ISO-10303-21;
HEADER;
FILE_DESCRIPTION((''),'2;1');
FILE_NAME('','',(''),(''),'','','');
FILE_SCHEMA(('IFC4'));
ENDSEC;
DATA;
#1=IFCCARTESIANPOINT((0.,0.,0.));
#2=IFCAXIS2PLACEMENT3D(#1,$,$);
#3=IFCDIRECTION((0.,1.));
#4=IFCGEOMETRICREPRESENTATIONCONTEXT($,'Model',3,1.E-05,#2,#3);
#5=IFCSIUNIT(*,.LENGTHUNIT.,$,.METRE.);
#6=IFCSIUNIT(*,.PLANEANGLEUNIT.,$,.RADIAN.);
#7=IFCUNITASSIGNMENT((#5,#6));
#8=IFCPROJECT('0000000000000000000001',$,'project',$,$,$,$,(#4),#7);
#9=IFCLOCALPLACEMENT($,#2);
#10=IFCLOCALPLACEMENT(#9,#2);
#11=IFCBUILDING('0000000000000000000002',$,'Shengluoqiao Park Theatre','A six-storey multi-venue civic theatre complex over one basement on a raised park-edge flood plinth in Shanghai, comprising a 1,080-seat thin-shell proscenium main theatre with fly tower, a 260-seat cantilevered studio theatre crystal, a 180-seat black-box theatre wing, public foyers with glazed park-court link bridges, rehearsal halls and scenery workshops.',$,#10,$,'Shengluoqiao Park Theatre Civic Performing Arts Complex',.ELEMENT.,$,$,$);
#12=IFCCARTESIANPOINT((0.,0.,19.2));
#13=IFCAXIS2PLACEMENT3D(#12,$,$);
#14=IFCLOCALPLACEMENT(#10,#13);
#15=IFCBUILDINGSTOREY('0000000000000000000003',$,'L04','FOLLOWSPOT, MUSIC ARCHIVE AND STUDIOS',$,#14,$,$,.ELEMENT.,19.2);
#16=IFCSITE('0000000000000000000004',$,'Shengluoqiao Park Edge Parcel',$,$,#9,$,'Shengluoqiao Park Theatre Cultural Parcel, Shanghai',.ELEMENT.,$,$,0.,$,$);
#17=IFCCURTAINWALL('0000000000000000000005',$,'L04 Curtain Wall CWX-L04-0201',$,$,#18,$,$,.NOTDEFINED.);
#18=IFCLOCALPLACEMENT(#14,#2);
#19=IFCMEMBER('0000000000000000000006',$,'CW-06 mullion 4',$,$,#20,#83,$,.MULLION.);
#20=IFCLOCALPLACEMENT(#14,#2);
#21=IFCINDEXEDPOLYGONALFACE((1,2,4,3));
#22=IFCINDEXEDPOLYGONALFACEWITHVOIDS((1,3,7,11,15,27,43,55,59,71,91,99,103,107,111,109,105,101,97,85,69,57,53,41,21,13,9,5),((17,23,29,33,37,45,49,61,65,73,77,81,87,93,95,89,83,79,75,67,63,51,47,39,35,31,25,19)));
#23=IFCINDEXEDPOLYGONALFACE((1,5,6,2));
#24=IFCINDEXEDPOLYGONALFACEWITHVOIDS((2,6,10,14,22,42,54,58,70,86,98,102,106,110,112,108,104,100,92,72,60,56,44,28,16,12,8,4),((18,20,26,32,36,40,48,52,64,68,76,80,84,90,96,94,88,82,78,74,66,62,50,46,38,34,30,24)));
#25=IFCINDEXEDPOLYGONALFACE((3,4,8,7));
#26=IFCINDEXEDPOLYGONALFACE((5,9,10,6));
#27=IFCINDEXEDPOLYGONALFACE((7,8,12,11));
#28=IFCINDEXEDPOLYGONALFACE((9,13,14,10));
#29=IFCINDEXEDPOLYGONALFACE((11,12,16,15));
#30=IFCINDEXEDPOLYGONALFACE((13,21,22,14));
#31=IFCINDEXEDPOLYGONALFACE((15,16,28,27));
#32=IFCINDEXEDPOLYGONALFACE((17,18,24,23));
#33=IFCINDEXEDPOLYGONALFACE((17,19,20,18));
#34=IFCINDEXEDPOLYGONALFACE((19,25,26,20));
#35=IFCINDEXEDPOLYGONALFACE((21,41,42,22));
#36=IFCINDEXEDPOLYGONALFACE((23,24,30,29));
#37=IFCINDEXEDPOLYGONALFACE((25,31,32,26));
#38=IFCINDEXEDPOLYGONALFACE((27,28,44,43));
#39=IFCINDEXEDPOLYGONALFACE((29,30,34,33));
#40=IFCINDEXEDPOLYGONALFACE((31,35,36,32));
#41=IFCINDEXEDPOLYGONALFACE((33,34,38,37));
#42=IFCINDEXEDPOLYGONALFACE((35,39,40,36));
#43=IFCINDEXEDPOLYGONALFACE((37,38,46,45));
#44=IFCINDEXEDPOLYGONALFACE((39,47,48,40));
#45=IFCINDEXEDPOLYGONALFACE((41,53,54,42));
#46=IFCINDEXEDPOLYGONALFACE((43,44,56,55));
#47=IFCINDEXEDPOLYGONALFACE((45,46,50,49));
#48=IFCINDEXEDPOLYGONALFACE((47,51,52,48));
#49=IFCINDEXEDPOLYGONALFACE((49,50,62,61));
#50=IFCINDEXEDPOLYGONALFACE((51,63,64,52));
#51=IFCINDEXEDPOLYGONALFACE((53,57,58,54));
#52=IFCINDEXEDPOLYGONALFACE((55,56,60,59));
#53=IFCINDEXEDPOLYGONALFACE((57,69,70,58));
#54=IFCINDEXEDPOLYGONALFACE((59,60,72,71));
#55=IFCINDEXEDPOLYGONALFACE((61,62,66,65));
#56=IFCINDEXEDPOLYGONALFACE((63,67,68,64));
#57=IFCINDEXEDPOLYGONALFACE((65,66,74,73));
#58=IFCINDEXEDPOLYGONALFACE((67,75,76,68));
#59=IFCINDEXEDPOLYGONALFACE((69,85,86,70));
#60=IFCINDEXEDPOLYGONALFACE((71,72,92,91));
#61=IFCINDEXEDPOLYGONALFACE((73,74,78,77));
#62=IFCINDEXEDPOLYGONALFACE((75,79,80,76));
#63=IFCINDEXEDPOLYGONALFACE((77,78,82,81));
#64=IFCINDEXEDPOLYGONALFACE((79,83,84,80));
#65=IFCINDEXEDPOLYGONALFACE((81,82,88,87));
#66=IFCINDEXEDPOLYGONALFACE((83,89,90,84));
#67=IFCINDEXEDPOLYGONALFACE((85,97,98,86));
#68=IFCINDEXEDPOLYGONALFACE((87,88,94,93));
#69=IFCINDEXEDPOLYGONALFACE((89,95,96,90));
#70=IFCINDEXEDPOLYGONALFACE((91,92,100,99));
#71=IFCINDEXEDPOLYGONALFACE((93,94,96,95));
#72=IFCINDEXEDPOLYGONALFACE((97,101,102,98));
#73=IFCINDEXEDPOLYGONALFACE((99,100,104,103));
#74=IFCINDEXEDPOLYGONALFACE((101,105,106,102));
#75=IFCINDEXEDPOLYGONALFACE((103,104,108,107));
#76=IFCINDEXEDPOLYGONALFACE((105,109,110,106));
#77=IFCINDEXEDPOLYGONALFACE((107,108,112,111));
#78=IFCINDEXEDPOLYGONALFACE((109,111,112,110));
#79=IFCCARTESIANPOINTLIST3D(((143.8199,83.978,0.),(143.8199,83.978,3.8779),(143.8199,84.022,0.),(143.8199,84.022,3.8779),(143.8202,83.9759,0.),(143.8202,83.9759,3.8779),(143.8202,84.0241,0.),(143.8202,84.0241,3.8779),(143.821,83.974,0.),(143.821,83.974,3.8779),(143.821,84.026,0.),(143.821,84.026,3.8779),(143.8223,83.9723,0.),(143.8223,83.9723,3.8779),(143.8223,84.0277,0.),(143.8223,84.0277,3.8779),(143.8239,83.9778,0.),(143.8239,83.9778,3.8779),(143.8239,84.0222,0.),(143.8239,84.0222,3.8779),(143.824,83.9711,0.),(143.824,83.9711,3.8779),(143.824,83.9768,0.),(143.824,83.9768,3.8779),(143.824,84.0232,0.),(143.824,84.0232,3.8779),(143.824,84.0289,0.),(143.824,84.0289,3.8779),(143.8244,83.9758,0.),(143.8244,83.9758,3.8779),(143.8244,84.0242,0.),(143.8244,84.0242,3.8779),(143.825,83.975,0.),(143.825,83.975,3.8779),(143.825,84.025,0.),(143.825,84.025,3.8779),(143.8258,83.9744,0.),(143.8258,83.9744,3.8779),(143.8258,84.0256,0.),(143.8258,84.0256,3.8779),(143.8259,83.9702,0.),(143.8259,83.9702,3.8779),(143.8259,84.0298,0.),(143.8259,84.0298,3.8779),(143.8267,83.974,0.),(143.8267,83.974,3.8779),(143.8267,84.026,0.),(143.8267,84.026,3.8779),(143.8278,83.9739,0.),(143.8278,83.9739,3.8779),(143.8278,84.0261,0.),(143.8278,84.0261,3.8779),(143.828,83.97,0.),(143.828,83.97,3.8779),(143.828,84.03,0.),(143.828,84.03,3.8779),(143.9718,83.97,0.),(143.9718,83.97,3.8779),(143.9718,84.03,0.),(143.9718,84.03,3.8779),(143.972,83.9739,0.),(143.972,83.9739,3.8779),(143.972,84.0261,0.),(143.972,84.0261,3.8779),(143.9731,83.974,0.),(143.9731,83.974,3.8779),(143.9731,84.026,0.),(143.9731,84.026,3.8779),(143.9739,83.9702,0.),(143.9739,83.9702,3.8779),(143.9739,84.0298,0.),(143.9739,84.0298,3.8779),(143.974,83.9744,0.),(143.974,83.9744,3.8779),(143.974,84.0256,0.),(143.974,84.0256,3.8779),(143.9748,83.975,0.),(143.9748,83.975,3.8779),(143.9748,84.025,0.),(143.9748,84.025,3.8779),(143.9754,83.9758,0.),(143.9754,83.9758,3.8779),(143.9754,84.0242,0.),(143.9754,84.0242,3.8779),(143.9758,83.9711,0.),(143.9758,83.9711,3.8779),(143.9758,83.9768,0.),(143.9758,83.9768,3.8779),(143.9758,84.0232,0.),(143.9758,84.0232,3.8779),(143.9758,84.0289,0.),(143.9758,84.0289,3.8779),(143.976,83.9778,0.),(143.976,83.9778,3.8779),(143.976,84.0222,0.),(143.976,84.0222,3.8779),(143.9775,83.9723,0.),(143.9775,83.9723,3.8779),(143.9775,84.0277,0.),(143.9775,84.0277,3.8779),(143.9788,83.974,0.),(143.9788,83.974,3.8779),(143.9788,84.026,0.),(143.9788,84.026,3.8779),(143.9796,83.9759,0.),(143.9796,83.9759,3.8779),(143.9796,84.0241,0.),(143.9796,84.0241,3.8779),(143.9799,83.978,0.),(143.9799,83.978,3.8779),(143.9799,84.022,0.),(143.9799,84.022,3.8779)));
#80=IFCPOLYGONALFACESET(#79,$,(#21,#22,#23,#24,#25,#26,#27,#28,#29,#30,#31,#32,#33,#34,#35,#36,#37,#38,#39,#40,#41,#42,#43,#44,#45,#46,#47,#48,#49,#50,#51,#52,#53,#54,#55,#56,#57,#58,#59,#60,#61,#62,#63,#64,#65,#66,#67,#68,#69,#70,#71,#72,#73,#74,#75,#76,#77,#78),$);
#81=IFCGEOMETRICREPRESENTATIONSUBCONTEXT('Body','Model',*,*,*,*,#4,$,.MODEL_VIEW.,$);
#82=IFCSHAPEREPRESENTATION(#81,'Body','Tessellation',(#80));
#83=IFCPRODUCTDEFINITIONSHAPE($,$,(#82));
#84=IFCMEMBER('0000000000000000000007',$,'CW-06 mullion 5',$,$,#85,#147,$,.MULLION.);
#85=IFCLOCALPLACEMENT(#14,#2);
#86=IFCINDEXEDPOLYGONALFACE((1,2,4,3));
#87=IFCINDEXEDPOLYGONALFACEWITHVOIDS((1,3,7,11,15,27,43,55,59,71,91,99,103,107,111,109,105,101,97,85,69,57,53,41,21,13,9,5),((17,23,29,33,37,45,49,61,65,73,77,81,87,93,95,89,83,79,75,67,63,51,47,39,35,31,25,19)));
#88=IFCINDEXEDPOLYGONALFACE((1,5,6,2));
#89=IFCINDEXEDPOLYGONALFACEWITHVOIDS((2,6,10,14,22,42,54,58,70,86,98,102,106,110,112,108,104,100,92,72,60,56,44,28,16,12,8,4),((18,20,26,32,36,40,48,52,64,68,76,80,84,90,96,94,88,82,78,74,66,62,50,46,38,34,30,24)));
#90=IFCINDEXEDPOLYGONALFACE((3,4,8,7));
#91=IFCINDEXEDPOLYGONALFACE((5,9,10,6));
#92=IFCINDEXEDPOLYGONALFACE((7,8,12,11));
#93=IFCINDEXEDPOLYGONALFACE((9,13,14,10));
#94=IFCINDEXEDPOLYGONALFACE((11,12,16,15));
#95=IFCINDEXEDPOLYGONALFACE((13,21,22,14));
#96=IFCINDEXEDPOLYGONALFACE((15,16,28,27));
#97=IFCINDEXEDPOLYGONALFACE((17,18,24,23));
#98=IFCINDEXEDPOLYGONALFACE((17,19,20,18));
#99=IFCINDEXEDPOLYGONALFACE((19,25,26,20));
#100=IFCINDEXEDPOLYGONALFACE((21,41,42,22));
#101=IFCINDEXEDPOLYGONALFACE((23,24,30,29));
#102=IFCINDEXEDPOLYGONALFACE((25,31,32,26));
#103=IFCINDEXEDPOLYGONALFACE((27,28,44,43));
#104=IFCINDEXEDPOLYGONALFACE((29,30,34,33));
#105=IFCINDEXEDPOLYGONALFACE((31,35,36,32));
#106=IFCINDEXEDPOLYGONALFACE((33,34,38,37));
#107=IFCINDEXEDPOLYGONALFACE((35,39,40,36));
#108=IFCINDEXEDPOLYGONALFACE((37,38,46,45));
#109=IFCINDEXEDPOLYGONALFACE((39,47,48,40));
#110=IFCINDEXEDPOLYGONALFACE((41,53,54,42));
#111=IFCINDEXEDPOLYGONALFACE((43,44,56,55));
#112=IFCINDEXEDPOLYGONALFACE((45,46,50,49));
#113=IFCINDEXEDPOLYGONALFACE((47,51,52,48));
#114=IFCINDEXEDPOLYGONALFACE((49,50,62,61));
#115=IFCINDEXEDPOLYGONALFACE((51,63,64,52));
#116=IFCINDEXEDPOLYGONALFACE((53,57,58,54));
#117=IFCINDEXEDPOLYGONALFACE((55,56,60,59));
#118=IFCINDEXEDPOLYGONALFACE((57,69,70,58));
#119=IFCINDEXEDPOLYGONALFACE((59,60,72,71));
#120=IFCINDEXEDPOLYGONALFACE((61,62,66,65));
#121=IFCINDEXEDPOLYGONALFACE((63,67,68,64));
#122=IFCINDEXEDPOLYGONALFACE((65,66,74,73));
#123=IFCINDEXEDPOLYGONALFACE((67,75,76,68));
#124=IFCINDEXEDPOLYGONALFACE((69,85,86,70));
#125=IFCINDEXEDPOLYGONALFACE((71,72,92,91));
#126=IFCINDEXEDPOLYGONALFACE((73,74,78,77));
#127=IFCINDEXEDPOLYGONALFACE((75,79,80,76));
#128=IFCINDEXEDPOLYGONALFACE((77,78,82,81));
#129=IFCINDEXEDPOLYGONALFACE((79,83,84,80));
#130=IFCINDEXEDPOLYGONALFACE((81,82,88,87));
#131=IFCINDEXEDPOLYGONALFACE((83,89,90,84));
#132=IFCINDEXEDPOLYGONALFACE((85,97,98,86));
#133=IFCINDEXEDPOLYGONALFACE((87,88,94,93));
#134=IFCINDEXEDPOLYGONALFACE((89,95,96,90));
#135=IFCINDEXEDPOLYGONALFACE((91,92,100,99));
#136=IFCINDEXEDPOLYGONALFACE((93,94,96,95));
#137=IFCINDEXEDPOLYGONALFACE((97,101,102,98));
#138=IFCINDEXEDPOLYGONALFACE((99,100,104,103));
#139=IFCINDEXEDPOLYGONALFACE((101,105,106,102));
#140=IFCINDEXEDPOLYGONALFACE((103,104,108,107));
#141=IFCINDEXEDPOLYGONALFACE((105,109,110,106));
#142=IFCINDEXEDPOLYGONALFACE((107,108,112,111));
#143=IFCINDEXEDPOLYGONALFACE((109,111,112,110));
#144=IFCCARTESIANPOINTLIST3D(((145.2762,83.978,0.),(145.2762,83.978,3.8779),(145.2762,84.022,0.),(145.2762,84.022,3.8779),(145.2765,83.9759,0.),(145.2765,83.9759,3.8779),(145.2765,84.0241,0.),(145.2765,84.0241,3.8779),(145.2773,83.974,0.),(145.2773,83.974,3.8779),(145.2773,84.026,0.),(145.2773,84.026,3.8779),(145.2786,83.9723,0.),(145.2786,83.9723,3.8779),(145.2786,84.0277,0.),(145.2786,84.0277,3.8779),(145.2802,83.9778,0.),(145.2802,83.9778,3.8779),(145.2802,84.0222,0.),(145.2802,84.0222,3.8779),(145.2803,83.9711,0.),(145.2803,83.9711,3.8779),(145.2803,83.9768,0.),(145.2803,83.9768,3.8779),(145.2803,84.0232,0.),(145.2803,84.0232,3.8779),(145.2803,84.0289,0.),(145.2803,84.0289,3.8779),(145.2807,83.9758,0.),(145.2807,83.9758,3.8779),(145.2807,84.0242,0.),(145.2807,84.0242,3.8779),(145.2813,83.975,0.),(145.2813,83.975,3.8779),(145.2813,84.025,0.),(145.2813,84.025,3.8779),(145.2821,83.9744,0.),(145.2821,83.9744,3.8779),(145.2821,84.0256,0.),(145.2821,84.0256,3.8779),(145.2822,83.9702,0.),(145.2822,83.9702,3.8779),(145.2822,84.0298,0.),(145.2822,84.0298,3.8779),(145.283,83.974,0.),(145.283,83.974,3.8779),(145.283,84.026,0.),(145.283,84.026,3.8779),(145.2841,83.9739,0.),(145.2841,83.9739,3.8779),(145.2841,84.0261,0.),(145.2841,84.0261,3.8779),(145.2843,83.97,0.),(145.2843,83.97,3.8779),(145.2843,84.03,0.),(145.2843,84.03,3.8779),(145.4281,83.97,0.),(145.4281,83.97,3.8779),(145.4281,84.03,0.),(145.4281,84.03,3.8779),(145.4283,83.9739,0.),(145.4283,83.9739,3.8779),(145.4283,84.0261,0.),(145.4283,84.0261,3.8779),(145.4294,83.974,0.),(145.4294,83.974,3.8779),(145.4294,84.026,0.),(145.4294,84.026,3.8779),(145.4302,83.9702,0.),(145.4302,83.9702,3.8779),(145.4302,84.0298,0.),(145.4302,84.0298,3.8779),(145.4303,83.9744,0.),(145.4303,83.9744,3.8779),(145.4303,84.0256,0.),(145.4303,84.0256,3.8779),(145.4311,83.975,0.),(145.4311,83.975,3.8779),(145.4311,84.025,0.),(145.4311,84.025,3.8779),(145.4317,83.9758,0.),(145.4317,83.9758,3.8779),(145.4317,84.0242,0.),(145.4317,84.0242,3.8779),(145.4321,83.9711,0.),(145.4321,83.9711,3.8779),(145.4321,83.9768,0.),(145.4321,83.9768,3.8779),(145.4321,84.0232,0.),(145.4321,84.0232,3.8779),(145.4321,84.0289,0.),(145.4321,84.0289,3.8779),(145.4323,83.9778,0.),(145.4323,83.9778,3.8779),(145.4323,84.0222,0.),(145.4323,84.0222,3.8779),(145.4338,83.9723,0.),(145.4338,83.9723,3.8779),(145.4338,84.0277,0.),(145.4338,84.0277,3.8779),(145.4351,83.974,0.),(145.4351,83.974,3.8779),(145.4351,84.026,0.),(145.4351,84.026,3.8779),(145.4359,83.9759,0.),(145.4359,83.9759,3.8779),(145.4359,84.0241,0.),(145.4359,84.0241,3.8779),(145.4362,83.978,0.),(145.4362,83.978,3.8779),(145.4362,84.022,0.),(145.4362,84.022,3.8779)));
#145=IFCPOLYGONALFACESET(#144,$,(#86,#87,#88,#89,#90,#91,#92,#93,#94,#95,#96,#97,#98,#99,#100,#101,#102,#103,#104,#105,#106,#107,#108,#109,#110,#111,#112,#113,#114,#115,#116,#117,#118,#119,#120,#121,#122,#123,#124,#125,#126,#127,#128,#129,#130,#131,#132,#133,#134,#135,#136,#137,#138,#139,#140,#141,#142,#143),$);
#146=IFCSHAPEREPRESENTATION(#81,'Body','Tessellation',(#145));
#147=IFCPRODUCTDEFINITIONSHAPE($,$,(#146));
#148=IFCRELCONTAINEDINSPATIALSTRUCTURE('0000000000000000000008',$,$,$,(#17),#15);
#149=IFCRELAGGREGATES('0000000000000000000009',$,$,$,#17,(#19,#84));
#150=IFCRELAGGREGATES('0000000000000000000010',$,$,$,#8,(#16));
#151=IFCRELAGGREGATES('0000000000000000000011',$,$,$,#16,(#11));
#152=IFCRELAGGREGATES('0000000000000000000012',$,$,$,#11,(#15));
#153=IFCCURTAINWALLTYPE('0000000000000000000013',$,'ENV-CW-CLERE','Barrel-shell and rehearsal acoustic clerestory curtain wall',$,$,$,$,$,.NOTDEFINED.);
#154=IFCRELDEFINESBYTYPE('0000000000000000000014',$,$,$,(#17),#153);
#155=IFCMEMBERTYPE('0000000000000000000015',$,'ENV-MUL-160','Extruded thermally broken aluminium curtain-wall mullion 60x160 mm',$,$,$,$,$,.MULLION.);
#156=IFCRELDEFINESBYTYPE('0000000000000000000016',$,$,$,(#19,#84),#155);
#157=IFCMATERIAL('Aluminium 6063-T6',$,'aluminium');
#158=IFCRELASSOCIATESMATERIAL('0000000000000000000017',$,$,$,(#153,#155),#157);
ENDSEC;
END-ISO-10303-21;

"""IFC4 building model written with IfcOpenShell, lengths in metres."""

from ifc_helpers import new_model, si_unit, direction, frame, origin, origin_2d, place, context, subcontext, project, spatial, hollow_rectangle, extrude, material, material_profile, profile_set, type_object, element, aggregate, save


model = new_model("IFC4")

# Units and contexts
model_context = context("Model", 3, precision=1e-05, world=origin(), true_north=direction((0.0, 1.0)))
body_context = subcontext(model_context, "Body", "Model", "MODEL_VIEW")
ifc_project = project(units=[si_unit("LENGTHUNIT", "METRE"), si_unit("PLANEANGLEUNIT", "RADIAN")], contexts=[model_context])

# Site, building, storey
site_placement = place(None, origin())
site = spatial("IfcSite", under=ifc_project, at=site_placement, Name="Shengluoqiao Park Edge Parcel", LongName="Shengluoqiao Park Theatre Cultural Parcel, Shanghai", CompositionType="ELEMENT", RefElevation=0.0)
building_placement = place(site_placement, origin())
building = spatial("IfcBuilding", under=site, at=building_placement, Name="Shengluoqiao Park Theatre", Description="A six-storey multi-venue civic theatre complex over one basement on a raised park-edge flood plinth in Shanghai, comprising a 1,080-seat thin-shell proscenium main theatre with fly tower, a 260-seat cantilevered studio theatre crystal, a 180-seat black-box theatre wing, public foyers with glazed park-court link bridges, rehearsal halls and scenery workshops.", LongName="Shengluoqiao Park Theatre Civic Performing Arts Complex", CompositionType="ELEMENT")
storey_placement = place(building_placement, frame((0.0, 0.0, 19.2)))
storey = spatial("IfcBuildingStorey", under=building, at=storey_placement, Name="L04", Description="FOLLOWSPOT, MUSIC ARCHIVE AND STUDIOS", CompositionType="ELEMENT", Elevation=19.2)

# Curtain wall, members
ifc_material_1 = material(Name="Aluminium 6063-T6", Category="aluminium")
curtain_wall_type = type_object("IfcCurtainWallType", Name="ENV-CW-CLERE", Description="Barrel-shell and rehearsal acoustic clerestory curtain wall", PredefinedType="NOTDEFINED", material=ifc_material_1)
curtain_wall_placement = place(storey_placement, origin())
curtain_wall = element("IfcCurtainWall", 1, at=curtain_wall_placement, inside=storey, type_object=curtain_wall_type, Name="L04 Curtain Wall CWX-L04-0201", PredefinedType="NOTDEFINED")
ifc_material_profile_1 = material_profile(ifc_material_1, hollow_rectangle(XDim=0.0601, YDim=0.1599, WallThickness=0.0039, InnerFilletRadius=0.0039, OuterFilletRadius=0.0081, at=origin_2d()), Name="ALU MULLION 160x60x4")
ifc_profile_set_1 = profile_set([ifc_material_profile_1], Name="Aluminium 6063-T6")
member_type_1 = type_object("IfcMemberType", Name="ENV-MUL-160", Description="Extruded thermally broken aluminium curtain-wall mullion 60x160 mm", PredefinedType="MULLION", material=ifc_profile_set_1)
member_1_placement = place(storey_placement, frame((143.8999, 84.0, 0.0), z_axis=(0.0, 0.0, 1.0), x_axis=(0.0, 1.0, 0.0)))
member_1 = element("IfcMember", 2, at=member_1_placement, type_object=member_type_1, Name="CW-06 mullion 4", PredefinedType="MULLION", context=body_context, shape_type="SweptSolid", body=[
    extrude(hollow_rectangle(XDim=0.0601, YDim=0.1599, WallThickness=0.0039, InnerFilletRadius=0.0039, OuterFilletRadius=0.0081, at=origin_2d()), origin(), (0.0, 0.0, 1.0), 3.8779),
])
member_2_placement = place(storey_placement, frame((145.3562, 84.0, 0.0), z_axis=(0.0, 0.0, 1.0), x_axis=(0.0, 1.0, 0.0)))
member_2 = element("IfcMember", 3, at=member_2_placement, type_object=member_type_1, Name="CW-06 mullion 5", PredefinedType="MULLION", context=body_context, shape_type="SweptSolid", body=[
    extrude(hollow_rectangle(XDim=0.0601, YDim=0.1599, WallThickness=0.0039, InnerFilletRadius=0.0039, OuterFilletRadius=0.0081, at=origin_2d()), origin(), (0.0, 0.0, 1.0), 3.8779),
])

aggregate(curtain_wall, [member_1, member_2])

save(model, "model.ifc")
